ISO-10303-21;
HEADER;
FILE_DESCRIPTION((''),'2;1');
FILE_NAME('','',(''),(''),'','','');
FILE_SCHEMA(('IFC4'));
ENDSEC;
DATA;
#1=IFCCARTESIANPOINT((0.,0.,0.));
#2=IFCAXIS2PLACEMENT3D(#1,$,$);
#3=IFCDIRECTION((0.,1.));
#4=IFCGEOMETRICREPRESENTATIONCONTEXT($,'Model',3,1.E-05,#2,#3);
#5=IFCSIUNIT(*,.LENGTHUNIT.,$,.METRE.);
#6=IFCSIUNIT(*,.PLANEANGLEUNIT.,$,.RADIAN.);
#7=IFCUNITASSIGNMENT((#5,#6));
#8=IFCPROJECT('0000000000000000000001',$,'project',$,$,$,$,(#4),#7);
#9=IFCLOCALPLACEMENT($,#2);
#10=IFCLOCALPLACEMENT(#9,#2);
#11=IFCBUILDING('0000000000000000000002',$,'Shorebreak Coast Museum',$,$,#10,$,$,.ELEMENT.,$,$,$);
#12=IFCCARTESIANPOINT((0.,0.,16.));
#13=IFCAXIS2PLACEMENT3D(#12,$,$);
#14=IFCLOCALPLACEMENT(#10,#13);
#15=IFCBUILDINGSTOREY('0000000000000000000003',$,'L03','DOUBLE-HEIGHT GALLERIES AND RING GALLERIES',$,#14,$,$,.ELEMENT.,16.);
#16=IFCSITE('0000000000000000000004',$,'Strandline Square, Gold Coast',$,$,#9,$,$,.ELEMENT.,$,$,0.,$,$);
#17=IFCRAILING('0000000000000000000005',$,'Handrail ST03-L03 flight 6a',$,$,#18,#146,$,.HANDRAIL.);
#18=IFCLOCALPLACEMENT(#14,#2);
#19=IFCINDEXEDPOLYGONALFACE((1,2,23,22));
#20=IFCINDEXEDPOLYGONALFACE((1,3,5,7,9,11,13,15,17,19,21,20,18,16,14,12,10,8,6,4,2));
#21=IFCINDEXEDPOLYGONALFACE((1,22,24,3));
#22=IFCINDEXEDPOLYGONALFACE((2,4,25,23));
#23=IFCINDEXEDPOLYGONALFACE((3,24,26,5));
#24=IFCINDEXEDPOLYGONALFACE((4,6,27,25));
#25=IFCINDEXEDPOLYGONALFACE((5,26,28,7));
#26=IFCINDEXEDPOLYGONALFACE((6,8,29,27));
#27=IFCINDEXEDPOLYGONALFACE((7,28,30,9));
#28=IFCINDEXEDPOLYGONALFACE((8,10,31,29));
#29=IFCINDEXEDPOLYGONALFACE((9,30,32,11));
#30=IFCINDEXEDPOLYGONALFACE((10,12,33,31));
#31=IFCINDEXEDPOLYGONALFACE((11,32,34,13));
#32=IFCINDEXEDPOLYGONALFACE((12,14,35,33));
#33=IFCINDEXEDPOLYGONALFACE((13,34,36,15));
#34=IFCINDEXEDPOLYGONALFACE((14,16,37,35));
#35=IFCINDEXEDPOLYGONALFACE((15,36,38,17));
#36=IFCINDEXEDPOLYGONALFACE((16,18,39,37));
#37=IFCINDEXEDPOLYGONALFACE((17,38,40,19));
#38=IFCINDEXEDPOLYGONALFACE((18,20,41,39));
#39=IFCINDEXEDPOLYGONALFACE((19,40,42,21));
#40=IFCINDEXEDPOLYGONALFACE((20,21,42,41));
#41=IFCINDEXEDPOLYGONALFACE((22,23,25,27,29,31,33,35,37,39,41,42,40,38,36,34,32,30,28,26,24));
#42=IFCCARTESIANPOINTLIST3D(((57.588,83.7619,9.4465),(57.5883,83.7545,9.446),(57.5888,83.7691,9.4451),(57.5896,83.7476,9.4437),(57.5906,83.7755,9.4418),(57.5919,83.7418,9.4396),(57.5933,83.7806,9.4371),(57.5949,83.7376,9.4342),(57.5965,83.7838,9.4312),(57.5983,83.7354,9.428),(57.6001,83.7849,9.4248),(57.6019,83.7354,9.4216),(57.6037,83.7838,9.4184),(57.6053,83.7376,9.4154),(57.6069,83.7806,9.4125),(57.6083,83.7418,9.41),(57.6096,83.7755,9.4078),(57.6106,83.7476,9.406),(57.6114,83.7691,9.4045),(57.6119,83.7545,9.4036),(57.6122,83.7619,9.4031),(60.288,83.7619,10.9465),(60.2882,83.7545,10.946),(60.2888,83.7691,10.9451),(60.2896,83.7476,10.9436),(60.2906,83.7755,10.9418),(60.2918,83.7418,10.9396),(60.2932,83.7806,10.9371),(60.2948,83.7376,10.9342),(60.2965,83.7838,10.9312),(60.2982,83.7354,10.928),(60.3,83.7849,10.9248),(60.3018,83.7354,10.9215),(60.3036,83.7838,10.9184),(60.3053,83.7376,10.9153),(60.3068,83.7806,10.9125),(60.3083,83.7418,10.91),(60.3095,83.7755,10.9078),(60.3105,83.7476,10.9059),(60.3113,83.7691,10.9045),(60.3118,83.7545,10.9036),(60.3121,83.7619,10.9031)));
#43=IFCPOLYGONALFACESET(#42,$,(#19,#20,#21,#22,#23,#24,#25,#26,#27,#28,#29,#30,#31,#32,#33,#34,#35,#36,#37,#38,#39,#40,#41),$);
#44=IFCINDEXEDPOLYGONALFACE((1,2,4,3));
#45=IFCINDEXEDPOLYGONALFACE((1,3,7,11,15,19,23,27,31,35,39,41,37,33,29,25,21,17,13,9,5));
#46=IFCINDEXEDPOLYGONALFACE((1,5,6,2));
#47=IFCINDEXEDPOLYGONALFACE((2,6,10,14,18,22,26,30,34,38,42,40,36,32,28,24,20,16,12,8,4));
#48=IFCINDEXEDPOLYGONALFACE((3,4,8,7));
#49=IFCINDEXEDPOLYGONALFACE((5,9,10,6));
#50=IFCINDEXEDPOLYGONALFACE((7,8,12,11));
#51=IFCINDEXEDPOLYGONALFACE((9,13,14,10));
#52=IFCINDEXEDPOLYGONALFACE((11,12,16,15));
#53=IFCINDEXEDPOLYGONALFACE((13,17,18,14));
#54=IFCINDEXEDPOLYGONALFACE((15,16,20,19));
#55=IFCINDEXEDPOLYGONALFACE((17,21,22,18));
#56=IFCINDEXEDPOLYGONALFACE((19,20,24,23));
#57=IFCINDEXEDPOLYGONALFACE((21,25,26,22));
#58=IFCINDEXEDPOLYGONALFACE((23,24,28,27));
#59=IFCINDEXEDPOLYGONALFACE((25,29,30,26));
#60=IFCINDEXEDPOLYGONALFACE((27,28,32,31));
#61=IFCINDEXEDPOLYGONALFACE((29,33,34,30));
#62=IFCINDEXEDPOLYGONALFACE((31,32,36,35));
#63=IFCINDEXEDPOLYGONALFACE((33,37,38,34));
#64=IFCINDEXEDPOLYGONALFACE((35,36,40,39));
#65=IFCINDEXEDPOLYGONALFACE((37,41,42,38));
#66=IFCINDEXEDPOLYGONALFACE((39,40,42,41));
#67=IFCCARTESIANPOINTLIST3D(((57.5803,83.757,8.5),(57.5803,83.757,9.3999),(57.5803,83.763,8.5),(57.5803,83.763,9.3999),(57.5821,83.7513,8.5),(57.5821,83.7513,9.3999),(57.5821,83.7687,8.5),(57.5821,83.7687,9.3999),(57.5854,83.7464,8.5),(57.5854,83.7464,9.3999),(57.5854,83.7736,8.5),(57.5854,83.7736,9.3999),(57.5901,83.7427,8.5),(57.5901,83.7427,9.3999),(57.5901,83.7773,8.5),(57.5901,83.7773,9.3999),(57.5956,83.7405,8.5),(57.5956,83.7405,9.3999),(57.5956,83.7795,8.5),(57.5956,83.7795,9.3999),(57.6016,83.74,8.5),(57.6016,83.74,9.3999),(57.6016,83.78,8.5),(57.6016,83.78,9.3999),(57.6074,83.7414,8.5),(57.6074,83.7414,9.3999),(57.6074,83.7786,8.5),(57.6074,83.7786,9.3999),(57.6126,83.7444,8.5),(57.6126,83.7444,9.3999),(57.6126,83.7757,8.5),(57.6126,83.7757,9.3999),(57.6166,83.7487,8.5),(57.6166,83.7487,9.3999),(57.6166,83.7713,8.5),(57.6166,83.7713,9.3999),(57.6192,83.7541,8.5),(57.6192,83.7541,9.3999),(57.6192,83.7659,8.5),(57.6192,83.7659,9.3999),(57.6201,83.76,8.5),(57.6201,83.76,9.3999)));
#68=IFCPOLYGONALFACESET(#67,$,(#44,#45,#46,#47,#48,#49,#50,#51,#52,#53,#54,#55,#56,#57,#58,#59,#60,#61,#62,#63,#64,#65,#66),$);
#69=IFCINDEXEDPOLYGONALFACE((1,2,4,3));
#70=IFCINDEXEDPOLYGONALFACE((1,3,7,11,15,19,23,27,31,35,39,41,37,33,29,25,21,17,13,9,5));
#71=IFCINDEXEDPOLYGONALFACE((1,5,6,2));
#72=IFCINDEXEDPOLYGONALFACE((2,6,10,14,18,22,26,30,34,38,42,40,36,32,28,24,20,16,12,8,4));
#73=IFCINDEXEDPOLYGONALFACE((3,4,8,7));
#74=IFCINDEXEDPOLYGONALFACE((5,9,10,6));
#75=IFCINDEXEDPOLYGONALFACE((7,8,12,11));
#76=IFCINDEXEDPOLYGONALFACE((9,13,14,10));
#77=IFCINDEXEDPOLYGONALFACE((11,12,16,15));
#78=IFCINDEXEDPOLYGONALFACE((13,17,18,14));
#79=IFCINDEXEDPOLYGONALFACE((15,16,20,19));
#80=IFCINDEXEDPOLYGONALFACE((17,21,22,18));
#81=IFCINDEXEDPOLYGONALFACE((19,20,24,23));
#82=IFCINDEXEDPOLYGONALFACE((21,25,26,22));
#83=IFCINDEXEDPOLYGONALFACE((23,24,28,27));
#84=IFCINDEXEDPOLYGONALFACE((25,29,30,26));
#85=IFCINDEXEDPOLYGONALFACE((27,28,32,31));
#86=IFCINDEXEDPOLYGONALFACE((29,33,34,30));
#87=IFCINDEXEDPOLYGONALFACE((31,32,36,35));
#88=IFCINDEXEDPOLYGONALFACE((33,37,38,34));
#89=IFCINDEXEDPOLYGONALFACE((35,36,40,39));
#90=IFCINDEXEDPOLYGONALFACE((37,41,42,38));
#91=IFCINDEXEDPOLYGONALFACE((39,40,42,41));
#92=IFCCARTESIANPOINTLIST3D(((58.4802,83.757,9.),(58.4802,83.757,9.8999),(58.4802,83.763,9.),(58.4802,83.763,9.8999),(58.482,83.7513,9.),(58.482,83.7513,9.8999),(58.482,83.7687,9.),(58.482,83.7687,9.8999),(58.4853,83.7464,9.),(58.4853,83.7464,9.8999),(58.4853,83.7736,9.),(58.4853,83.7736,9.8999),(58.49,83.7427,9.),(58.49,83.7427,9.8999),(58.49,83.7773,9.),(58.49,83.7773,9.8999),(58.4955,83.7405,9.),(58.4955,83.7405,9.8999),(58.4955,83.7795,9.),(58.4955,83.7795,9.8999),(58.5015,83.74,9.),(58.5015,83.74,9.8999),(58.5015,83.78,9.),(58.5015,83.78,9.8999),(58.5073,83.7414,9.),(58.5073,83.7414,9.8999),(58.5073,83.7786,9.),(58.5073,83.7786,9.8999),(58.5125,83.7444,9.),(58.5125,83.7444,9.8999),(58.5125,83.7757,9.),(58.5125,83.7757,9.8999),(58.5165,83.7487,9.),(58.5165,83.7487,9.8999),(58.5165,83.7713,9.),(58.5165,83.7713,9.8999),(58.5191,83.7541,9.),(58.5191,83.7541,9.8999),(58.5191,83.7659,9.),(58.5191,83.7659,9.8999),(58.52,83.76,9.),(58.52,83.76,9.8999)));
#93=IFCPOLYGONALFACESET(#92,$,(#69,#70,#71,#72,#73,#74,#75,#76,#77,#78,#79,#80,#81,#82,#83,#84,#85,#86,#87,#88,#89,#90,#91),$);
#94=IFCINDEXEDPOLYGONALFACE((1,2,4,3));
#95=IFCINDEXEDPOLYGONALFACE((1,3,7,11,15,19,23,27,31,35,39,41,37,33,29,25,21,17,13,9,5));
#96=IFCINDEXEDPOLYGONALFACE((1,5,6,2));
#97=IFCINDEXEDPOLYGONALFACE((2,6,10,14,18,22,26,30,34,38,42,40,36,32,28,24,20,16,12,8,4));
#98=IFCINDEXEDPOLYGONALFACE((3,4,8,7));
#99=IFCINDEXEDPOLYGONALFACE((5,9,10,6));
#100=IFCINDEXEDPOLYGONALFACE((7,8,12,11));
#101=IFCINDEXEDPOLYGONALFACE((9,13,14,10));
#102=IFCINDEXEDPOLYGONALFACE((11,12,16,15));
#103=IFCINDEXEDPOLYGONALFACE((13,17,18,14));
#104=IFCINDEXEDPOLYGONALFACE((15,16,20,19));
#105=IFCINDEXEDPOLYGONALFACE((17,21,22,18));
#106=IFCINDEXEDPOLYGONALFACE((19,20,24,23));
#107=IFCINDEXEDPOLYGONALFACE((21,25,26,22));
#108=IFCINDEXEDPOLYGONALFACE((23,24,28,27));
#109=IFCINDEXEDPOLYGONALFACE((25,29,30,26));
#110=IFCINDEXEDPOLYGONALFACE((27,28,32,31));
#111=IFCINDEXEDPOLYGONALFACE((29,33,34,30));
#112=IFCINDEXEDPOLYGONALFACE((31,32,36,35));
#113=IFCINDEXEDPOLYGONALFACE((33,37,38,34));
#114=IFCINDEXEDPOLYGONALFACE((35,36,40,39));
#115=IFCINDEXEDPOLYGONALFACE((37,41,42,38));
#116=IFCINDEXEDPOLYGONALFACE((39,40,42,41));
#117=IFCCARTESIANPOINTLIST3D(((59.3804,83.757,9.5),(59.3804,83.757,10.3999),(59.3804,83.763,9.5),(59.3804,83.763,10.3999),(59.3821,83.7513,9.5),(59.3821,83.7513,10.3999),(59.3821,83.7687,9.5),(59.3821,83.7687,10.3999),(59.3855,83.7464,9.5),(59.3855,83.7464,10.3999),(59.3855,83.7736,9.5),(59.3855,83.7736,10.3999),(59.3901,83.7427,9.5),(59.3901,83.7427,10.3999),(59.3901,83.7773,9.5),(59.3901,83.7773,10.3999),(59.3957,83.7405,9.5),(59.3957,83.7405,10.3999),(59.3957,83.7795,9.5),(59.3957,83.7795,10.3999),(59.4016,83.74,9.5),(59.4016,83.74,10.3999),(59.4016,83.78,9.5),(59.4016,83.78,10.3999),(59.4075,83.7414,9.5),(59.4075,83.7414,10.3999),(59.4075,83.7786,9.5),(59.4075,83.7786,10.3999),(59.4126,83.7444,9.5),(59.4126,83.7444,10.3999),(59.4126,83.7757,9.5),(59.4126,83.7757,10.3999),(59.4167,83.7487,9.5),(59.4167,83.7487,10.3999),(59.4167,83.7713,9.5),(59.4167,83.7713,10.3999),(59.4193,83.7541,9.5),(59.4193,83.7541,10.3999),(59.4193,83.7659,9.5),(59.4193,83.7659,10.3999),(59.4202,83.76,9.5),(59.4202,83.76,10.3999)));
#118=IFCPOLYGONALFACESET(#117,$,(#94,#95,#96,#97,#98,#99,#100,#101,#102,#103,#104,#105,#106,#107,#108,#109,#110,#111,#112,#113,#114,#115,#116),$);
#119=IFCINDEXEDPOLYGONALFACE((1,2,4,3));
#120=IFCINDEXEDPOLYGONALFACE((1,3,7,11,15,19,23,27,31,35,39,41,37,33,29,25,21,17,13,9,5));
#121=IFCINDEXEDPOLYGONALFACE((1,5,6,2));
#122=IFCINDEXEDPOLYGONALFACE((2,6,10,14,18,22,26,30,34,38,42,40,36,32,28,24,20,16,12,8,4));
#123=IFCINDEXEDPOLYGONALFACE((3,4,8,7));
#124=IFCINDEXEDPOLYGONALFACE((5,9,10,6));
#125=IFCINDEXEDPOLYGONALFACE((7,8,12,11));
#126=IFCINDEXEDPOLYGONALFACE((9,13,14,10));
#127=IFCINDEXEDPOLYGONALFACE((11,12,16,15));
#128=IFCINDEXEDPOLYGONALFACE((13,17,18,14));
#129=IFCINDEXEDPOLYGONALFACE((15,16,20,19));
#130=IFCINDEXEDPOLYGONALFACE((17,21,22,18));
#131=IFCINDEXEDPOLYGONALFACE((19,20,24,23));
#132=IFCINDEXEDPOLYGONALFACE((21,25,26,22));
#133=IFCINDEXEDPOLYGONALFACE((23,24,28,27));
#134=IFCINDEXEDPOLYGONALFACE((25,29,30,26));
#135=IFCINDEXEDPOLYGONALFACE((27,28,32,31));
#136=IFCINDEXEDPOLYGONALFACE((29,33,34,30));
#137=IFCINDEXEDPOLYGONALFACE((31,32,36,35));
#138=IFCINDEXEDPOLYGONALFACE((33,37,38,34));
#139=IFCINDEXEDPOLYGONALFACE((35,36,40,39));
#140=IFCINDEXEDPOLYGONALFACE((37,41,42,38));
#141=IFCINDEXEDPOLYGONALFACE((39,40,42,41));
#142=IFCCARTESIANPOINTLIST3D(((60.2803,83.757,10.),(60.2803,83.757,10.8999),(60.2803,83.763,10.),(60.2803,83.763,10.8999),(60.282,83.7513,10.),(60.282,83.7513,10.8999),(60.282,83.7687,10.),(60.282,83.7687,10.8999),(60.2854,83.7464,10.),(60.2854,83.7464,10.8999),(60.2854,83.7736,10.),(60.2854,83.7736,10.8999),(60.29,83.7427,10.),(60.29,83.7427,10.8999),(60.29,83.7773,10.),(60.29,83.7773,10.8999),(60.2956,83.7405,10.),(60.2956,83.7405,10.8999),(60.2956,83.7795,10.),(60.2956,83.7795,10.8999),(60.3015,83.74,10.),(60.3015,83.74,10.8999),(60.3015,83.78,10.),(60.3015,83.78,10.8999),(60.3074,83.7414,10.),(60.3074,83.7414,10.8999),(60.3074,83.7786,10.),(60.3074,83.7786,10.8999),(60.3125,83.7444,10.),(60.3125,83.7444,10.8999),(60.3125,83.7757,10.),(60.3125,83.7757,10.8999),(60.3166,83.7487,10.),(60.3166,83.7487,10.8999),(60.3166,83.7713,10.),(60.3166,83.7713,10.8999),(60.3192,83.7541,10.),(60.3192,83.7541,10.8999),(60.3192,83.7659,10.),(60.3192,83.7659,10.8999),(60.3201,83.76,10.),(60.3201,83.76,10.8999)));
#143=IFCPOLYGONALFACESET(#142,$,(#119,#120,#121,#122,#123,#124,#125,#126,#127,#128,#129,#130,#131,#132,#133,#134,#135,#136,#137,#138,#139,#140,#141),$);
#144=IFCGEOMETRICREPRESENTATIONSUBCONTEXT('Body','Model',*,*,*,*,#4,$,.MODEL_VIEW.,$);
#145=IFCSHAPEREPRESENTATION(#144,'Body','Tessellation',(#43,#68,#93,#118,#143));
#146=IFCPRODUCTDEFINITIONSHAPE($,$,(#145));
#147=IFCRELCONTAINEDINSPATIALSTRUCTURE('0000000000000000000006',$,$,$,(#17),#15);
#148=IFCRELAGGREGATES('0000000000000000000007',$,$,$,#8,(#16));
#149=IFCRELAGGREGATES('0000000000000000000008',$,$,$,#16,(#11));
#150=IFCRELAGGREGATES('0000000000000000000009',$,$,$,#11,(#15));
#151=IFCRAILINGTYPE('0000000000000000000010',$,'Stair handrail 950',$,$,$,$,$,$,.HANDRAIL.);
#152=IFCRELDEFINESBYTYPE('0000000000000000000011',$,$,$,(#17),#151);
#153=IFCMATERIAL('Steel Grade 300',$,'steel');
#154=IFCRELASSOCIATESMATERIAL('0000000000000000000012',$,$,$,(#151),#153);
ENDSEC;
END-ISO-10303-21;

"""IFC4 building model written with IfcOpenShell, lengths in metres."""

from ifc_helpers import new_model, si_unit, direction, frame, origin, origin_2d, place, context, subcontext, project, spatial, circle, extrude, material, type_object, element, save


model = new_model("IFC4")

# Units and contexts
model_context = context("Model", 3, precision=1e-05, world=origin(), true_north=direction((0.0, 1.0)))
body_context = subcontext(model_context, "Body", "Model", "MODEL_VIEW")
ifc_project = project(units=[si_unit("LENGTHUNIT", "METRE"), si_unit("PLANEANGLEUNIT", "RADIAN")], contexts=[model_context])

# Site, building, storey
site_placement = place(None, origin())
site = spatial("IfcSite", under=ifc_project, at=site_placement, Name="Strandline Square, Gold Coast", CompositionType="ELEMENT", RefElevation=0.0)
building_placement = place(site_placement, origin())
building = spatial("IfcBuilding", under=site, at=building_placement, Name="Shorebreak Coast Museum", CompositionType="ELEMENT")
storey_placement = place(building_placement, frame((0.0, 0.0, 16.0)))
storey = spatial("IfcBuildingStorey", under=building, at=storey_placement, Name="L03", Description="DOUBLE-HEIGHT GALLERIES AND RING GALLERIES", CompositionType="ELEMENT", Elevation=16.0)

# Railing
ifc_material_1 = material(Name="Steel Grade 300", Category="steel")
railing_type_1 = type_object("IfcRailingType", Name="Stair handrail 950", PredefinedType="HANDRAIL", material=ifc_material_1)
for number, where, name in (
    (1, (57.6001, 83.76, 8.5), "Handrail ST03-L03 flight 6a"),
):
    element("IfcRailing", number, at=place(storey_placement, frame(where)), inside=storey, type_object=railing_type_1, Name=name, PredefinedType="HANDRAIL", context=body_context, shape_type="SweptSolid", body=[
        extrude(circle(Radius=0.0249, at=origin_2d()), frame((0.0, 0.0, 0.9248), z_axis=(0.874154, 0.0, 0.48565), x_axis=(0.0, 1.0, 0.0)), (0.0, 0.0, 1.0), 3.0886),
        extrude(circle(Radius=0.02, at=origin_2d()), origin(), (0.0, 0.0, 1.0), 0.8999),
        extrude(circle(Radius=0.02, at=origin_2d()), frame((0.8999, 0.0, 0.5)), (0.0, 0.0, 1.0), 0.8999),
        extrude(circle(Radius=0.02, at=origin_2d()), frame((1.8, 0.0, 1.0)), (0.0, 0.0, 1.0), 0.8999),
        extrude(circle(Radius=0.02, at=origin_2d()), frame((2.7, 0.0, 1.5)), (0.0, 0.0, 1.0), 0.8999),
    ])

save(model, "model.ifc")
